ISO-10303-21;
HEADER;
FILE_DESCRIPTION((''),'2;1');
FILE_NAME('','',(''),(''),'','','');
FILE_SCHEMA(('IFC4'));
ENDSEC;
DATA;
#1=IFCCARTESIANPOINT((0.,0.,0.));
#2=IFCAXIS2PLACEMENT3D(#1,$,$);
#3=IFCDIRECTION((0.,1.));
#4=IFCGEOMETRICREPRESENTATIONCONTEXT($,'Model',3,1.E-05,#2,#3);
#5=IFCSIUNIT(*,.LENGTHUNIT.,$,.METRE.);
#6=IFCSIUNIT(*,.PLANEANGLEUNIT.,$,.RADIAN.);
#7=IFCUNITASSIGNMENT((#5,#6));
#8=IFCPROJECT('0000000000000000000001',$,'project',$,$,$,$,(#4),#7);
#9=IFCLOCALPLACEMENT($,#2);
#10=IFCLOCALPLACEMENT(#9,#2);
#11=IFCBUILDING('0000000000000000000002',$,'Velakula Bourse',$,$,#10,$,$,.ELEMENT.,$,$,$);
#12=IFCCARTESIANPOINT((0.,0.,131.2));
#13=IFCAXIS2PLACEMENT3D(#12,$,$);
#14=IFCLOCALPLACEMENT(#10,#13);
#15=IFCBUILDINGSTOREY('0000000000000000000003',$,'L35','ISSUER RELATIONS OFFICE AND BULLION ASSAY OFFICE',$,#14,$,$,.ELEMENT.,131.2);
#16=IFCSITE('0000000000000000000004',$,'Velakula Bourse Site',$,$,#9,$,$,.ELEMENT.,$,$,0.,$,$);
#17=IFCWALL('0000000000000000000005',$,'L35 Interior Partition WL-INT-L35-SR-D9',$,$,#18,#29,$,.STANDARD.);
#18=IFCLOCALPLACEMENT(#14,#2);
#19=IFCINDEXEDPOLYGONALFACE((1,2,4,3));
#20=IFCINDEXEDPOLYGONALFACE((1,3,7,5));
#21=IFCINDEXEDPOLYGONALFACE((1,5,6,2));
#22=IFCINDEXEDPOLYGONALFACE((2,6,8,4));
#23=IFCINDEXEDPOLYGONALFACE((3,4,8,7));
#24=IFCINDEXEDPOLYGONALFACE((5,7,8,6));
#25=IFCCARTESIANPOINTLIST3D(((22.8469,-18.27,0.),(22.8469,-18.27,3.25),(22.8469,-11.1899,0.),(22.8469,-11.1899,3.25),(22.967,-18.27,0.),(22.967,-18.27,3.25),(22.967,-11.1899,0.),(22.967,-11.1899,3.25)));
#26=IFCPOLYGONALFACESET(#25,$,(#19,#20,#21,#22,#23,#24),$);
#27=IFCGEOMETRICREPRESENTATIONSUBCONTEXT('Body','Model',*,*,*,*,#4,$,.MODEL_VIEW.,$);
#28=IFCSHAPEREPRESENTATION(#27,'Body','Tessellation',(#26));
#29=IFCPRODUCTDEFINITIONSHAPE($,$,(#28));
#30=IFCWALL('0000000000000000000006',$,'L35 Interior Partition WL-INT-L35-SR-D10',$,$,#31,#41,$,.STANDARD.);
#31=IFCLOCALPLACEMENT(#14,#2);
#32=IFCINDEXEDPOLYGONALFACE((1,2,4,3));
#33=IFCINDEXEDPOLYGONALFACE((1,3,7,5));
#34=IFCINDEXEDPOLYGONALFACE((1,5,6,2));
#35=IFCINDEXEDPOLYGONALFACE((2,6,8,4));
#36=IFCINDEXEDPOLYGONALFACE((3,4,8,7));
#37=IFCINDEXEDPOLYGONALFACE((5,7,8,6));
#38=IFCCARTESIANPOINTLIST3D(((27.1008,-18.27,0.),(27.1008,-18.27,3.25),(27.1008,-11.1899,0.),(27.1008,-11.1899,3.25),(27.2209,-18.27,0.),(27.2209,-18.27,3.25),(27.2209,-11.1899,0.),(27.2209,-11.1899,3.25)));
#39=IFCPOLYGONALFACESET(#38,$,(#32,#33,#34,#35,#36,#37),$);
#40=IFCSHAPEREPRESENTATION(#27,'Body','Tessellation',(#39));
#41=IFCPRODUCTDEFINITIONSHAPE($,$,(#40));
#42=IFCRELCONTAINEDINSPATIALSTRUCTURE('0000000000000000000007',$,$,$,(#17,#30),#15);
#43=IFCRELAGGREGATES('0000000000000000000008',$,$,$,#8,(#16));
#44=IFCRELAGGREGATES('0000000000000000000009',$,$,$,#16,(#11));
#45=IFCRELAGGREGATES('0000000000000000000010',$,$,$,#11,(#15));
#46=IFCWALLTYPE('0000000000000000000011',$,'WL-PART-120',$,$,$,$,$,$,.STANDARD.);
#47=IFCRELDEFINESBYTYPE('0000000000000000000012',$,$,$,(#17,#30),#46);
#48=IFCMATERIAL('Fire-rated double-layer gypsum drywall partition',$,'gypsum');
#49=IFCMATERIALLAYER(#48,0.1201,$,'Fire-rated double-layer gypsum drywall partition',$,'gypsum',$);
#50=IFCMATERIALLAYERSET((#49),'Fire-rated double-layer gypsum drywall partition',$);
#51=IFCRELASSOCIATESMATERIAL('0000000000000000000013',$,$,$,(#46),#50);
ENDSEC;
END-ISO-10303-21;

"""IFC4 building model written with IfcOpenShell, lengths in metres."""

from ifc_helpers import new_model, si_unit, direction, frame, frame_2d, origin, place, context, subcontext, project, spatial, rectangle, extrude, material, layer, layer_set, type_object, element, save


model = new_model("IFC4")

# Units and contexts
model_context = context("Model", 3, precision=1e-05, world=origin(), true_north=direction((0.0, 1.0)))
body_context = subcontext(model_context, "Body", "Model", "MODEL_VIEW")
ifc_project = project(units=[si_unit("LENGTHUNIT", "METRE"), si_unit("PLANEANGLEUNIT", "RADIAN")], contexts=[model_context])

# Site, building, storey
site_placement = place(None, origin())
site = spatial("IfcSite", under=ifc_project, at=site_placement, Name="Velakula Bourse Site", CompositionType="ELEMENT", RefElevation=0.0)
building_placement = place(site_placement, origin())
building = spatial("IfcBuilding", under=site, at=building_placement, Name="Velakula Bourse", CompositionType="ELEMENT")
storey_placement = place(building_placement, frame((0.0, 0.0, 131.2)))
storey = spatial("IfcBuildingStorey", under=building, at=storey_placement, Name="L35", Description="ISSUER RELATIONS OFFICE AND BULLION ASSAY OFFICE", CompositionType="ELEMENT", Elevation=131.2)

# Walls
ifc_material_1 = material(Name="Fire-rated double-layer gypsum drywall partition", Category="gypsum")
ifc_layer_1 = layer(ifc_material_1, 0.1201, Name="Fire-rated double-layer gypsum drywall partition", Category="gypsum")
ifc_layer_set_1 = layer_set([ifc_layer_1], Name="Fire-rated double-layer gypsum drywall partition")
wall_type_1 = type_object("IfcWallType", Name="WL-PART-120", PredefinedType="STANDARD", material=ifc_layer_set_1)
for number, where, z_axis, x_axis, name in (
    (1, (22.907, -18.27, 0.0), (0.0, 0.0, 1.0), (0.0, 1.0, 0.0), "L35 Interior Partition WL-INT-L35-SR-D9"),
    (2, (27.1609, -18.27, 0.0), (0.0, 0.0, 1.0), (0.0, 1.0, 0.0), "L35 Interior Partition WL-INT-L35-SR-D10"),
):
    element("IfcWall", number, at=place(storey_placement, frame(where, z_axis=z_axis, x_axis=x_axis)), inside=storey, type_object=wall_type_1, Name=name, PredefinedType="STANDARD", context=body_context, shape_type="SweptSolid", body=[
        extrude(rectangle(XDim=7.0801, YDim=0.1201, at=frame_2d((3.54, 0.0))), origin(), (0.0, 0.0, 1.0), 3.25),
    ])

save(model, "model.ifc")
